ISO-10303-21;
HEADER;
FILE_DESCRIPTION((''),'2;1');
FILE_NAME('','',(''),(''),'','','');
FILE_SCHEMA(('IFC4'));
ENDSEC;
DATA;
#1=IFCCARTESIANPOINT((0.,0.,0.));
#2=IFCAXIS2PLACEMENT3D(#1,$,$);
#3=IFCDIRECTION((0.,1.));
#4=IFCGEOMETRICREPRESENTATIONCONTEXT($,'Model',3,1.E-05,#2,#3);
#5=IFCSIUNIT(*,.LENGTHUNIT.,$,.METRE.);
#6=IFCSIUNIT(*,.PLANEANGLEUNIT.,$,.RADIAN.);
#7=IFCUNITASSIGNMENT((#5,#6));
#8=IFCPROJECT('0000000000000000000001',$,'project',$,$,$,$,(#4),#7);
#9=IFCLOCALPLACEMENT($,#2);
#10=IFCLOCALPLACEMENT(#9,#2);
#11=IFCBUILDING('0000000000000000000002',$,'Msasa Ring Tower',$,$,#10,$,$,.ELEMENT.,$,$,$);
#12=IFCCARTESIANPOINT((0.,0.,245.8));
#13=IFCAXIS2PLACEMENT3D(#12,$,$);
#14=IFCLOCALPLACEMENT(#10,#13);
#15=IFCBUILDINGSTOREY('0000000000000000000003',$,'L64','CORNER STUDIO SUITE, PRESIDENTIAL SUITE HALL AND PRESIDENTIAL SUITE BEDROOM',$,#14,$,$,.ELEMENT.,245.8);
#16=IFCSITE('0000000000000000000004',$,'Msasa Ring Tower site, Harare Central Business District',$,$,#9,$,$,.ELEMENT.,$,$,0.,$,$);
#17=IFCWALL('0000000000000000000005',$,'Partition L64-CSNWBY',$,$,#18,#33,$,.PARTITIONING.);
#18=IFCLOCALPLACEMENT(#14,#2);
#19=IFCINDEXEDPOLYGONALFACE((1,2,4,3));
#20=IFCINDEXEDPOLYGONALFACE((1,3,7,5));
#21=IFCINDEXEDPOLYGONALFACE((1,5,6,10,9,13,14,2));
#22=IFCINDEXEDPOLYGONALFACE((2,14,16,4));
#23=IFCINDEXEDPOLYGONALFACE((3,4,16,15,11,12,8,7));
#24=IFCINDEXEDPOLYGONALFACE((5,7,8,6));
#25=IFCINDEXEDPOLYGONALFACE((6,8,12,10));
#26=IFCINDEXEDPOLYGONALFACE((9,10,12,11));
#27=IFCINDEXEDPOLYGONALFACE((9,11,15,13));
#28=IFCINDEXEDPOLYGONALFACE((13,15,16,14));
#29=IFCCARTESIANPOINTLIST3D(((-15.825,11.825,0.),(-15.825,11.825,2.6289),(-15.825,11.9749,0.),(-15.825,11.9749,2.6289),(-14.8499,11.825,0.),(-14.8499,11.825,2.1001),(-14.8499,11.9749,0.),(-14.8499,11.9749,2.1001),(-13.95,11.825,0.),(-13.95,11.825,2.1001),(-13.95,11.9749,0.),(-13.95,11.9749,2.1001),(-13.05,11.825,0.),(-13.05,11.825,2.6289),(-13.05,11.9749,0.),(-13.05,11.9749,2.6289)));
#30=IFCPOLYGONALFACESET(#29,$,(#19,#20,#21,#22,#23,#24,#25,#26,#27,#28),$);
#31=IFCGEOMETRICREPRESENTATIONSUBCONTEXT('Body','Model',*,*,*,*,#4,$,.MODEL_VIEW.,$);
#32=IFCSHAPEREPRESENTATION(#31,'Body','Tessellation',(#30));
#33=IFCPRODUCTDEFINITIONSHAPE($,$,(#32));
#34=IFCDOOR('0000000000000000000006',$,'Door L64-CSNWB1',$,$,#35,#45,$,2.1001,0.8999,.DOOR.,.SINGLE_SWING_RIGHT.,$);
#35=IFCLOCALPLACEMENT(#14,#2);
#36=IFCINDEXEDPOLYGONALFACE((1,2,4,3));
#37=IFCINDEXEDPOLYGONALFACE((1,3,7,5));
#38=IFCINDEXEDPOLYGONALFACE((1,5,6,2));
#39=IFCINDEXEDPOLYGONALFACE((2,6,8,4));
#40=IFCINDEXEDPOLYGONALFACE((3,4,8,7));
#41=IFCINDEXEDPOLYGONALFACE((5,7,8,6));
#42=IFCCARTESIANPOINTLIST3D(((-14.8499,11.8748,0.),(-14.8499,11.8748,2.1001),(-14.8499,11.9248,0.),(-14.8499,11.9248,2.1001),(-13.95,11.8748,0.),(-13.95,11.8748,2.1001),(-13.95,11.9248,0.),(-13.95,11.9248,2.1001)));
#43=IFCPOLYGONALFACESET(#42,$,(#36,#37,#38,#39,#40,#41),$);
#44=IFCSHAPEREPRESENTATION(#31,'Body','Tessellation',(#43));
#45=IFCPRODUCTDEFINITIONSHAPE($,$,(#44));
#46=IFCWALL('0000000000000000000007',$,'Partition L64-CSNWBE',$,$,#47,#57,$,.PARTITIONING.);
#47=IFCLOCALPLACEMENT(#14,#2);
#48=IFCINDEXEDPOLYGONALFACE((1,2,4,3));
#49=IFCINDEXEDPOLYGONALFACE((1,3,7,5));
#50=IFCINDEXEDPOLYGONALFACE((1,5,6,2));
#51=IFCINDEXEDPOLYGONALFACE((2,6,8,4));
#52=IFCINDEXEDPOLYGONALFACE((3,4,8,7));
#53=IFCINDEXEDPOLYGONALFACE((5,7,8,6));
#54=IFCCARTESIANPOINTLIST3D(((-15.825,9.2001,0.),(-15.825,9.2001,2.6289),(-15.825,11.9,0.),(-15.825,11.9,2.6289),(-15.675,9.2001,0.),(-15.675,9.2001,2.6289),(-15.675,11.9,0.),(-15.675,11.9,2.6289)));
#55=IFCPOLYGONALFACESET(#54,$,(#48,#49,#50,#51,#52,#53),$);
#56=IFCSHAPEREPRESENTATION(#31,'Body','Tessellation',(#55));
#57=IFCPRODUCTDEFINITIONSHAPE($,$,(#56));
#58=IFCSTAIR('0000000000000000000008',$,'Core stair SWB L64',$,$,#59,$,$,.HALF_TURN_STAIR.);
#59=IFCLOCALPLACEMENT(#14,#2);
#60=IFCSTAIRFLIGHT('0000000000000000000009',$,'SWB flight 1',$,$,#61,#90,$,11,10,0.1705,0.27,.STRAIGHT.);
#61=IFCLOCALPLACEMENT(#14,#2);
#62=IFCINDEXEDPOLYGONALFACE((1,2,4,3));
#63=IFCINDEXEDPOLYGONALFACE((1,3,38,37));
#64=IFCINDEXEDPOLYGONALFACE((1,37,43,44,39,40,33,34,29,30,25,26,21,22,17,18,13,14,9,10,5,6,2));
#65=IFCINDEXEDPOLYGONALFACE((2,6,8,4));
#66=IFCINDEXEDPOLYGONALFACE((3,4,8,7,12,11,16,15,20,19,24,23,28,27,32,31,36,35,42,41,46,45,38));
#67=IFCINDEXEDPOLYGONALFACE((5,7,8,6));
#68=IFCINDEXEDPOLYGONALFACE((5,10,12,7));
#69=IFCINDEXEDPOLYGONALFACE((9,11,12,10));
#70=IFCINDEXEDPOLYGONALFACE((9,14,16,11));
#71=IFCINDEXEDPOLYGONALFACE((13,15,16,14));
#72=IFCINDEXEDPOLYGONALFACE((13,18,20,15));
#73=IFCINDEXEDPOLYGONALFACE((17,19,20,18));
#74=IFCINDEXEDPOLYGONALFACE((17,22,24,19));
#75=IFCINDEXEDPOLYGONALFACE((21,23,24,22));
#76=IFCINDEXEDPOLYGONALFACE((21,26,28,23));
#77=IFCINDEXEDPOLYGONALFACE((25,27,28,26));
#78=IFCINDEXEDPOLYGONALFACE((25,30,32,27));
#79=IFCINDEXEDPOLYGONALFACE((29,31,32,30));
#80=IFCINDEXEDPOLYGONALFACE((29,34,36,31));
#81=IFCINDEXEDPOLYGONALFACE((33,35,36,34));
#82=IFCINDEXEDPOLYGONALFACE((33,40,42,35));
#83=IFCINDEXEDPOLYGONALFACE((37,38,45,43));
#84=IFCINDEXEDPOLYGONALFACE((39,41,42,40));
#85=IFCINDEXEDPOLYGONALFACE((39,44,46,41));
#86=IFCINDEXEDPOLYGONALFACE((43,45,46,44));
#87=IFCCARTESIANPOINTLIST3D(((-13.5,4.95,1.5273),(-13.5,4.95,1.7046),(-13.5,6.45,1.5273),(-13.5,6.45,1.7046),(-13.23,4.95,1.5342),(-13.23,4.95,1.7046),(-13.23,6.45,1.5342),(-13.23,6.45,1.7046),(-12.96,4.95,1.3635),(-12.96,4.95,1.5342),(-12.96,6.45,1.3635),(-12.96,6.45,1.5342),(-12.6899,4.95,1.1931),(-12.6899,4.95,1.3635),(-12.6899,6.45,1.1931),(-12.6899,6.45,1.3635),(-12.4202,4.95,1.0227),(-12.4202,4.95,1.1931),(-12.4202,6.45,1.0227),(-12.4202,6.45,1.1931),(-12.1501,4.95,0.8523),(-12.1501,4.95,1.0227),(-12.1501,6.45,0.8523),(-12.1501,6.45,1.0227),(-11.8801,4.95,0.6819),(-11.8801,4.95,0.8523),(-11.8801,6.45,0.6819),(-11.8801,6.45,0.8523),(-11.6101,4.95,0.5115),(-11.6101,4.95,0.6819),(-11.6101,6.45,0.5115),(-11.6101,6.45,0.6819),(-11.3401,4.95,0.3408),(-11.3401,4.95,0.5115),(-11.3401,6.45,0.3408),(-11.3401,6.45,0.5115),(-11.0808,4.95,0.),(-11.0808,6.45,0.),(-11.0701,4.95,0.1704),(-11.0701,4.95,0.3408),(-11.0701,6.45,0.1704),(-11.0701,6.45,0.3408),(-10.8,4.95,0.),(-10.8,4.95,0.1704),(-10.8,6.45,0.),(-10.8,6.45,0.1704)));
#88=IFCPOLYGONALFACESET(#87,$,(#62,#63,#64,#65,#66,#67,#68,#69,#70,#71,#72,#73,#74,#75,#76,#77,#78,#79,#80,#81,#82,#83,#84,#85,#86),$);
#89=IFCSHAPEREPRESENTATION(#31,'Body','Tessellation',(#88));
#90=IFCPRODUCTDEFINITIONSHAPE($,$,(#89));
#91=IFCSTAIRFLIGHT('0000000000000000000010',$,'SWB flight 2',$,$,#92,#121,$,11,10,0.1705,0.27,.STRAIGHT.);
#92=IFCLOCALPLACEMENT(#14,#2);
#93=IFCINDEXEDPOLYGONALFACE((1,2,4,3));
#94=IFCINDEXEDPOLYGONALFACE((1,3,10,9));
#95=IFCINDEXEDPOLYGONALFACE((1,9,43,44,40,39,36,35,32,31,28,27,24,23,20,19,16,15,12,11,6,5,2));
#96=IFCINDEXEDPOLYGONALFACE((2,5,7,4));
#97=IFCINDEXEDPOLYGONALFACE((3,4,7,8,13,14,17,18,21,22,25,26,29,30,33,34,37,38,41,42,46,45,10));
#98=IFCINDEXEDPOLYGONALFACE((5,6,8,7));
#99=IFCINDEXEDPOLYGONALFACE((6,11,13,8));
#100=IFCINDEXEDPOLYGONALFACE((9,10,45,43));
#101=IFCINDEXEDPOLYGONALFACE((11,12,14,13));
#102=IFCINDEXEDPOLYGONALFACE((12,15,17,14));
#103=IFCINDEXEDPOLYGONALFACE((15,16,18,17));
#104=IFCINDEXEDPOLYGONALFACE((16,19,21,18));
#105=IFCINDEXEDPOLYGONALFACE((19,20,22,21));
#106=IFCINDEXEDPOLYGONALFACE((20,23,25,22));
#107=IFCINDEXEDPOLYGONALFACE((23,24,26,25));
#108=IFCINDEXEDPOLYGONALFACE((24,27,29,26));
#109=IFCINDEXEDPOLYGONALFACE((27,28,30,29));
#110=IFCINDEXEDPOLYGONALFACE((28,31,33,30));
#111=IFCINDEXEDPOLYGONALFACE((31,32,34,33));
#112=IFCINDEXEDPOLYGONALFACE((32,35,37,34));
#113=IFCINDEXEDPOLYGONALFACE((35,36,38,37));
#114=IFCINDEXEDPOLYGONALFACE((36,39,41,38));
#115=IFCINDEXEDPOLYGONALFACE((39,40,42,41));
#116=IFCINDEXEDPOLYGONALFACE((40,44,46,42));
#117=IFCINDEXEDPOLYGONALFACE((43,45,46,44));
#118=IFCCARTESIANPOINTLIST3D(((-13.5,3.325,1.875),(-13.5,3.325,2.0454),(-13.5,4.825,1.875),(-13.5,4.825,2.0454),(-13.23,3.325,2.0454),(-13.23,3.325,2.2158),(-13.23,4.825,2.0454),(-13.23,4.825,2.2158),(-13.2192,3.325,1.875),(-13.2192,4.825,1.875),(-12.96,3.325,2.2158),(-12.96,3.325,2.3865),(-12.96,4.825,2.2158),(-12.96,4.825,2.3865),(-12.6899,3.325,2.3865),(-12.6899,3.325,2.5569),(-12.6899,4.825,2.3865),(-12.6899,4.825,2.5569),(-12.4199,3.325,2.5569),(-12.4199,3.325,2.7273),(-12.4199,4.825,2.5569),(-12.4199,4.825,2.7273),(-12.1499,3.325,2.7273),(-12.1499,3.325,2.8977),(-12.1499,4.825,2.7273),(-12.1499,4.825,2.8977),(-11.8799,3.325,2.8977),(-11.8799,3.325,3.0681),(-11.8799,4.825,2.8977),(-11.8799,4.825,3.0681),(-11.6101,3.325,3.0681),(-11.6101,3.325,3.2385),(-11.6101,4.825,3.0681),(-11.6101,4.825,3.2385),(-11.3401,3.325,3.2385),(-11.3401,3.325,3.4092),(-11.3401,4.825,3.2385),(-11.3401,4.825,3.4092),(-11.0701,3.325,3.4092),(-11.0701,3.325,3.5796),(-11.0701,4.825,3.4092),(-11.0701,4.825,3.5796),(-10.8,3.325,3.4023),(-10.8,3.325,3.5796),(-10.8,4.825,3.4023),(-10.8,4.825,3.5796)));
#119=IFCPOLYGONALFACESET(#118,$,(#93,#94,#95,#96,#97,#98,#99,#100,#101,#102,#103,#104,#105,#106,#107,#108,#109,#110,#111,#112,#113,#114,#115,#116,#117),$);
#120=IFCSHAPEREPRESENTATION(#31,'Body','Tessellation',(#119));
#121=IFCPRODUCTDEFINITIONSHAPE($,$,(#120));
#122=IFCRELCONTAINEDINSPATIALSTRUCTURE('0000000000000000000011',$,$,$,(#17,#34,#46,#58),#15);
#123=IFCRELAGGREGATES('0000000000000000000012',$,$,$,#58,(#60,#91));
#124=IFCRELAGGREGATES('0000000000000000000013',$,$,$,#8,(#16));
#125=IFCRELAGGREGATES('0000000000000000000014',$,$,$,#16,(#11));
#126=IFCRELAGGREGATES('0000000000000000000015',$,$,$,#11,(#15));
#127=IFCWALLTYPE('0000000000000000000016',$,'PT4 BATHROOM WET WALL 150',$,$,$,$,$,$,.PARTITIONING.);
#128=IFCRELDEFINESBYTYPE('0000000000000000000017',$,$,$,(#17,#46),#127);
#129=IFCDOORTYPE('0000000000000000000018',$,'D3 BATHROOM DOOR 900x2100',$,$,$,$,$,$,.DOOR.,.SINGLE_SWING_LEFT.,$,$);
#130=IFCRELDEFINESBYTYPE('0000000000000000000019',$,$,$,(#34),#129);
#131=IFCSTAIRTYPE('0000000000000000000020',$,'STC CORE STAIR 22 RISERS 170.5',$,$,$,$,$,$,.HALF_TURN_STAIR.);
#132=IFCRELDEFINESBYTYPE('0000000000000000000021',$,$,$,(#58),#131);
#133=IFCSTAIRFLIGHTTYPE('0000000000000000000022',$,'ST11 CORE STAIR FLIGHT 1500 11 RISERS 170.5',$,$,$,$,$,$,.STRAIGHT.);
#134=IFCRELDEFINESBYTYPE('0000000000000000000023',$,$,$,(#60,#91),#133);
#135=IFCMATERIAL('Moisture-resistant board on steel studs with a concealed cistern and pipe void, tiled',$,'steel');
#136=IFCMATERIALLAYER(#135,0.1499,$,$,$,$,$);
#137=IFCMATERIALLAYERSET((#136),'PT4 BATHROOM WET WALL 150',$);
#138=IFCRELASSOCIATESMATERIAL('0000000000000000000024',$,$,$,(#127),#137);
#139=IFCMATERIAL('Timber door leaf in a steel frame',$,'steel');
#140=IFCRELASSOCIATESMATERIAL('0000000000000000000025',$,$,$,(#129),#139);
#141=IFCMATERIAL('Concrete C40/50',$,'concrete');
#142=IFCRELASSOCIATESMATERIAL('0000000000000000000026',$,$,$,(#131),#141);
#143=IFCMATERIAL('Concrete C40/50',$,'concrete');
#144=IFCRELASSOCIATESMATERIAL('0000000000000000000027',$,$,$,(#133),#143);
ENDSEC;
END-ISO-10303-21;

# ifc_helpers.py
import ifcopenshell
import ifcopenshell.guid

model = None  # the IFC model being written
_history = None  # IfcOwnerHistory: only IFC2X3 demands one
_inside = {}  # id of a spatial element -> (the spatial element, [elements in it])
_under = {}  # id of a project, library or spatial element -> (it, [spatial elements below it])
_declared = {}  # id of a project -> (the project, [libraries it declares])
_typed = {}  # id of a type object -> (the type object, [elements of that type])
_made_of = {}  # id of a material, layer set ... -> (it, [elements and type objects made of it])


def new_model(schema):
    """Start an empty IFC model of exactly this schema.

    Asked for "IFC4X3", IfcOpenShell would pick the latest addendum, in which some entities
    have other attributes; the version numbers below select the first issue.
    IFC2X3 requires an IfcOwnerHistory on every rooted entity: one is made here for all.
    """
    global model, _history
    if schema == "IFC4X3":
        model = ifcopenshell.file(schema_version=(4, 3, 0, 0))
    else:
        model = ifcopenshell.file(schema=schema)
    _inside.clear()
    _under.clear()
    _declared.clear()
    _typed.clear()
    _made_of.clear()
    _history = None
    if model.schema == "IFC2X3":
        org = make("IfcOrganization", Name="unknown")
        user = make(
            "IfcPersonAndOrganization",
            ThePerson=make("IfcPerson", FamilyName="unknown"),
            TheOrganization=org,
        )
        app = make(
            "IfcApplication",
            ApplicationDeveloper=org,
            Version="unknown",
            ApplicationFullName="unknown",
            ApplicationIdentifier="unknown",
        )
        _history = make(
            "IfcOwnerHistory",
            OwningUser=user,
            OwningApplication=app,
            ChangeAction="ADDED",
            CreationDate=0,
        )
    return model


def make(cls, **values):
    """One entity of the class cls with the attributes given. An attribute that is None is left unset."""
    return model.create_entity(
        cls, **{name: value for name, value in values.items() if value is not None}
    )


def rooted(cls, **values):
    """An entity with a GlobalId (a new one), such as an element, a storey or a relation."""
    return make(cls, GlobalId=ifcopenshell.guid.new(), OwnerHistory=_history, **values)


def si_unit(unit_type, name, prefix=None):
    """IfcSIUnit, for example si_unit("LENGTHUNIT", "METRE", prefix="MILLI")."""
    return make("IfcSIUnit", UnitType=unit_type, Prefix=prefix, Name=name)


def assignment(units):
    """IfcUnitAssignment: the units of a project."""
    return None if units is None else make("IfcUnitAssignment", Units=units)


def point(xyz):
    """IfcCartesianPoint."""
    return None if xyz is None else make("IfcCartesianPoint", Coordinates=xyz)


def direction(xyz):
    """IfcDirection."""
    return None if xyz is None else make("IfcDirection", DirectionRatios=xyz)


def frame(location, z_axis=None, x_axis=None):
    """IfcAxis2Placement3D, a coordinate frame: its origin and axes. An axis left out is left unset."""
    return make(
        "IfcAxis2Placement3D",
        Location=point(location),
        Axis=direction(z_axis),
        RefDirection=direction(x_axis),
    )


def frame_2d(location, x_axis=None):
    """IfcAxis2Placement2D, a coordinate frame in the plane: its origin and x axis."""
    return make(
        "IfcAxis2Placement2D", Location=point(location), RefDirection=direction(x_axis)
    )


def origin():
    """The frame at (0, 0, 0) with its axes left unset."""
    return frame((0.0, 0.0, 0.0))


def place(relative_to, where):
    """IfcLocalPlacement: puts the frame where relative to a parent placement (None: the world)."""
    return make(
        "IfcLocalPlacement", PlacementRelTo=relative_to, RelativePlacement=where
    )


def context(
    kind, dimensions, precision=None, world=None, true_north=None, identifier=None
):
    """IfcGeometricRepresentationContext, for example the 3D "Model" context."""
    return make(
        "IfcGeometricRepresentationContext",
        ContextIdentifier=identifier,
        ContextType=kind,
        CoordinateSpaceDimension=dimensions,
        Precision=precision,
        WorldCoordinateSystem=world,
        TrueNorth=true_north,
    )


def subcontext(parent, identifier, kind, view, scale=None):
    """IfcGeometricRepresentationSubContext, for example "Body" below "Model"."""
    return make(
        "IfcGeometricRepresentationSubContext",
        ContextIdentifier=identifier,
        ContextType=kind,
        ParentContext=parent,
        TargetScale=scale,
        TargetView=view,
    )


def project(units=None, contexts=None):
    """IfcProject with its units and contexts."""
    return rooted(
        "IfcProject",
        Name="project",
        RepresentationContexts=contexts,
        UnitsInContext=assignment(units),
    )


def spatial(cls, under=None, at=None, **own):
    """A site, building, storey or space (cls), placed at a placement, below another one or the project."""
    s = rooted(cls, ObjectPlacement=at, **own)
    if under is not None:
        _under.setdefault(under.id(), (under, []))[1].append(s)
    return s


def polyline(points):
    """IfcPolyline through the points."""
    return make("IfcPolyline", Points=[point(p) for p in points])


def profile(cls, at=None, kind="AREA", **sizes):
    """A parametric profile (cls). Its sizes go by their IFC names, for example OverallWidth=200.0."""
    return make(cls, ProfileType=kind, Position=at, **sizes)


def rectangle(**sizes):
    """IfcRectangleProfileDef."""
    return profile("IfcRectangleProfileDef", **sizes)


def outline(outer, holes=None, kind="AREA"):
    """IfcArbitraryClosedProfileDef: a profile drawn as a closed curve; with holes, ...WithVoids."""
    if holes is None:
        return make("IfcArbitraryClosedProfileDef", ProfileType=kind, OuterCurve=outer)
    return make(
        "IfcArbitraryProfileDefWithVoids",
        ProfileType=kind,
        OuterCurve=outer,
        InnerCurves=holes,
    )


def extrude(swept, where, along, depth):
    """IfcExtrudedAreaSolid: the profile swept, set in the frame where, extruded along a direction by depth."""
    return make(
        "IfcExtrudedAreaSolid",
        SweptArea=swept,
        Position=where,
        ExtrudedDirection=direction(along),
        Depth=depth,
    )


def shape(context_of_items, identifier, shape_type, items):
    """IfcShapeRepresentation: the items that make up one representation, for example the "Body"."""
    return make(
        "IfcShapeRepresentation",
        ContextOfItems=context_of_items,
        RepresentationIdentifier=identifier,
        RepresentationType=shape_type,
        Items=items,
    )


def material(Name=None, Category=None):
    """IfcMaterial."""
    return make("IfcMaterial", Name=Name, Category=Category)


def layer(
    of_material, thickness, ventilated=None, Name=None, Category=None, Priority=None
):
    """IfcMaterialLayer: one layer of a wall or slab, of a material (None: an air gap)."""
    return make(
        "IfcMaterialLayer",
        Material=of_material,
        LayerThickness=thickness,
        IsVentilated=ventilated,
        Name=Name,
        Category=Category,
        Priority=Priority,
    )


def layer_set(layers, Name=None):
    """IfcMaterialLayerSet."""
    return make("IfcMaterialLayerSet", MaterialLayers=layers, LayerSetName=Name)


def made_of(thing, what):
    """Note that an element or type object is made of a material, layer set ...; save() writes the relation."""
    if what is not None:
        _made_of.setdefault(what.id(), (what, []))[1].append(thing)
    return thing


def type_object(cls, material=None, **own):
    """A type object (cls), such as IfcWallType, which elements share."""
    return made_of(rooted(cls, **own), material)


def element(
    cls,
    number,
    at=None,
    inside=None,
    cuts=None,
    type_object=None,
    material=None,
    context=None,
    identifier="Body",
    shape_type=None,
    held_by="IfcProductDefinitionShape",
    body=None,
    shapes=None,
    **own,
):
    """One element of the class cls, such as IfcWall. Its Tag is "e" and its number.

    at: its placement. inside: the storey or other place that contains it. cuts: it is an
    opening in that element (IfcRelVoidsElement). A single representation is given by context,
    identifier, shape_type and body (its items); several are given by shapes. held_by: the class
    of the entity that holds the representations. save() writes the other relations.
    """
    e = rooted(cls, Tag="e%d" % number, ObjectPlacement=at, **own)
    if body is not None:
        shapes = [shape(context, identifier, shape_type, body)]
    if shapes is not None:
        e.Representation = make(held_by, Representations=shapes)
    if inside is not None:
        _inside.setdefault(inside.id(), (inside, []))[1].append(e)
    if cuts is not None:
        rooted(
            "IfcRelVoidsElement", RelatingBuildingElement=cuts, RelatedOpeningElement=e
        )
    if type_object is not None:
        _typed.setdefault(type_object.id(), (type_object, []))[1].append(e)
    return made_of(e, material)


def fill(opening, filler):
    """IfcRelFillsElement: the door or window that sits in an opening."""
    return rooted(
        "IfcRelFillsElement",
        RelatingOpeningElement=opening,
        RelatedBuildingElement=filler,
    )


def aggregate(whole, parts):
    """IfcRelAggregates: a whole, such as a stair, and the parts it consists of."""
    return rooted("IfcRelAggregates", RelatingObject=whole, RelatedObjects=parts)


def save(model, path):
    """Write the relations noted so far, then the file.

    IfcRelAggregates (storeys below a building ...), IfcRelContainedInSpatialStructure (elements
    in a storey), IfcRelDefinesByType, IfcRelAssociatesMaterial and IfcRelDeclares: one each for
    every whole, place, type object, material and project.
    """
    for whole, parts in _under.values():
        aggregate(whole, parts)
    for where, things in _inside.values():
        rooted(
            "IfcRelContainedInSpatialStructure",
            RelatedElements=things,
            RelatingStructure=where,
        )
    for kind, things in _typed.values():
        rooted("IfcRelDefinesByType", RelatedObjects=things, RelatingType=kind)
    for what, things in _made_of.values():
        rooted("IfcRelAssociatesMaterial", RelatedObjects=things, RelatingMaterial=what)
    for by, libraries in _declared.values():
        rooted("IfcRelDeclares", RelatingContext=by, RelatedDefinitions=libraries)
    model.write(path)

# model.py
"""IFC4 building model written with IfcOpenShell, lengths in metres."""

from ifc_helpers import new_model, si_unit, direction, frame, frame_2d, origin, place, context, subcontext, project, spatial, polyline, rectangle, outline, extrude, material, layer, layer_set, type_object, element, fill, aggregate, save


model = new_model("IFC4")

# Units and contexts
model_context = context("Model", 3, precision=1e-05, world=origin(), true_north=direction((0.0, 1.0)))
body_context = subcontext(model_context, "Body", "Model", "MODEL_VIEW")
ifc_project = project(units=[si_unit("LENGTHUNIT", "METRE"), si_unit("PLANEANGLEUNIT", "RADIAN")], contexts=[model_context])

# Site, building, storey
site_placement = place(None, origin())
site = spatial("IfcSite", under=ifc_project, at=site_placement, Name="Msasa Ring Tower site, Harare Central Business District", CompositionType="ELEMENT", RefElevation=0.0)
building_placement = place(site_placement, origin())
building = spatial("IfcBuilding", under=site, at=building_placement, Name="Msasa Ring Tower", CompositionType="ELEMENT")
storey_placement = place(building_placement, frame((0.0, 0.0, 245.8)))
storey = spatial("IfcBuildingStorey", under=building, at=storey_placement, Name="L64", Description="CORNER STUDIO SUITE, PRESIDENTIAL SUITE HALL AND PRESIDENTIAL SUITE BEDROOM", CompositionType="ELEMENT", Elevation=245.8)

# Shared definitions
ifc_material_1 = material(Name="Moisture-resistant board on steel studs with a concealed cistern and pipe void, tiled", Category="steel")
ifc_layer_1 = layer(ifc_material_1, 0.1499)
ifc_layer_set_1 = layer_set([ifc_layer_1], Name="PT4 BATHROOM WET WALL 150")
wall_type_1 = type_object("IfcWallType", Name="PT4 BATHROOM WET WALL 150", PredefinedType="PARTITIONING", material=ifc_layer_set_1)

# Wall, opening, door
wall_1_placement = place(storey_placement, frame((-15.825, 11.8999, 0.0), z_axis=(0.0, 0.0, 1.0), x_axis=(1.0, 0.0, 0.0)))
wall_1 = element("IfcWall", 1, at=wall_1_placement, inside=storey, type_object=wall_type_1, Name="Partition L64-CSNWBY", PredefinedType="PARTITIONING", context=body_context, shape_type="SweptSolid", body=[
    extrude(rectangle(XDim=2.7749, YDim=0.1499, at=frame_2d((1.3875, 0.0))), origin(), (0.0, 0.0, 1.0), 2.6289),
])
opening_1_placement = place(wall_1_placement, frame((0.9751, 0.0, 0.0)))
opening_1 = element("IfcOpeningElement", 2, at=opening_1_placement, cuts=wall_1, PredefinedType="OPENING", context=body_context, shape_type="SweptSolid", body=[
    extrude(rectangle(XDim=0.8999, YDim=2.1001, at=frame_2d((0.45, 1.05))), frame((0.0, 0.085, 0.0), z_axis=(0.0, -1.0, 0.0), x_axis=(1.0, 0.0, 0.0)), (0.0, 0.0, 1.0), 0.1699),
])
ifc_material_2 = material(Name="Timber door leaf in a steel frame", Category="steel")
door_type_1 = type_object("IfcDoorType", Name="D3 BATHROOM DOOR 900x2100", OperationType="SINGLE_SWING_LEFT", PredefinedType="DOOR", material=ifc_material_2)
door_1_placement = place(opening_1_placement, origin())
door_1 = element("IfcDoor", 3, at=door_1_placement, inside=storey, type_object=door_type_1, Name="Door L64-CSNWB1", OperationType="SINGLE_SWING_RIGHT", OverallHeight=2.1001, OverallWidth=0.8999, PredefinedType="DOOR", context=body_context, shape_type="SweptSolid", body=[
    extrude(rectangle(XDim=0.8999, YDim=2.1001, at=frame_2d((0.45, 1.05))), frame((0.0, 0.0249, 0.0), z_axis=(0.0, -1.0, 0.0), x_axis=(1.0, 0.0, 0.0)), (0.0, 0.0, 1.0), 0.05),
])
fill(opening_1, door_1)

# Wall
wall_2_placement = place(storey_placement, frame((-15.75, 9.2, 0.0), z_axis=(0.0, 0.0, 1.0), x_axis=(0.0, 1.0, 0.0)))
element("IfcWall", 4, at=wall_2_placement, inside=storey, type_object=wall_type_1, Name="Partition L64-CSNWBE", PredefinedType="PARTITIONING", context=body_context, shape_type="SweptSolid", body=[
    extrude(rectangle(XDim=2.7, YDim=0.1499, at=frame_2d((1.3501, 0.0))), origin(), (0.0, 0.0, 1.0), 2.6289),
])

# Stair, stair flights
ifc_material_3 = material(Name="Concrete C40/50", Category="concrete")
stair_type = type_object("IfcStairType", Name="STC CORE STAIR 22 RISERS 170.5", PredefinedType="HALF_TURN_STAIR", material=ifc_material_3)
stair_placement = place(storey_placement, origin())
stair = element("IfcStair", 5, at=stair_placement, inside=storey, type_object=stair_type, Name="Core stair SWB L64", PredefinedType="HALF_TURN_STAIR")
ifc_material_4 = material(Name="Concrete C40/50", Category="concrete")
stair_flight_type = type_object("IfcStairFlightType", Name="ST11 CORE STAIR FLIGHT 1500 11 RISERS 170.5", PredefinedType="STRAIGHT", material=ifc_material_4)
stair_flight_1_placement = place(storey_placement, frame((-10.8, 5.7, 0.0), z_axis=(0.0, 0.0, 1.0), x_axis=(-1.0, 0.0, 0.0)))
stair_flight_1 = element("IfcStairFlight", 6, at=stair_flight_1_placement, type_object=stair_flight_type, Name="SWB flight 1", NumberOfRisers=11, NumberOfTreads=10, PredefinedType="STRAIGHT", RiserHeight=0.1705, TreadLength=0.27, context=body_context, shape_type="SweptSolid", body=[
    extrude(outline(polyline([(0.0, 0.0), (0.0, 0.1704), (0.27, 0.1704), (0.27, 0.3408), (0.54, 0.3408), (0.54, 0.5115), (0.8101, 0.5115), (0.8101, 0.6819), (1.0801, 0.6819), (1.0801, 0.8523), (1.3501, 0.8523), (1.3501, 1.0227), (1.6201, 1.0227), (1.6201, 1.1931), (1.8899, 1.1931), (1.8899, 1.3635), (2.1599, 1.3635), (2.1599, 1.5342), (2.4299, 1.5342), (2.4299, 1.7046), (2.7, 1.7046), (2.7, 1.875), (2.7, 1.5273), (0.2808, 0.0), (0.0, 0.0)])), frame((0.0, 0.75, 0.0), z_axis=(0.0, -1.0, 0.0), x_axis=(1.0, 0.0, 0.0)), (0.0, 0.0, 1.0), 1.5),
])
stair_flight_2_placement = place(storey_placement, frame((-13.5, 4.075, 1.875), z_axis=(0.0, 0.0, 1.0), x_axis=(1.0, 0.0, 0.0)))
stair_flight_2 = element("IfcStairFlight", 7, at=stair_flight_2_placement, type_object=stair_flight_type, Name="SWB flight 2", NumberOfRisers=11, NumberOfTreads=10, PredefinedType="STRAIGHT", RiserHeight=0.1705, TreadLength=0.27, context=body_context, shape_type="SweptSolid", body=[
    extrude(outline(polyline([(0.0, 0.0), (0.0, 0.1704), (0.27, 0.1704), (0.27, 0.3408), (0.54, 0.3408), (0.54, 0.5115), (0.8101, 0.5115), (0.8101, 0.6819), (1.0801, 0.6819), (1.0801, 0.8523), (1.3501, 0.8523), (1.3501, 1.0227), (1.6201, 1.0227), (1.6201, 1.1931), (1.8899, 1.1931), (1.8899, 1.3635), (2.1599, 1.3635), (2.1599, 1.5342), (2.4299, 1.5342), (2.4299, 1.7046), (2.7, 1.7046), (2.7, 1.875), (2.7, 1.5273), (0.2808, 0.0), (0.0, 0.0)])), frame((0.0, 0.75, 0.0), z_axis=(0.0, -1.0, 0.0), x_axis=(1.0, 0.0, 0.0)), (0.0, 0.0, 1.0), 1.5),
])
aggregate(stair, [stair_flight_1, stair_flight_2])

save(model, "model.ifc")
